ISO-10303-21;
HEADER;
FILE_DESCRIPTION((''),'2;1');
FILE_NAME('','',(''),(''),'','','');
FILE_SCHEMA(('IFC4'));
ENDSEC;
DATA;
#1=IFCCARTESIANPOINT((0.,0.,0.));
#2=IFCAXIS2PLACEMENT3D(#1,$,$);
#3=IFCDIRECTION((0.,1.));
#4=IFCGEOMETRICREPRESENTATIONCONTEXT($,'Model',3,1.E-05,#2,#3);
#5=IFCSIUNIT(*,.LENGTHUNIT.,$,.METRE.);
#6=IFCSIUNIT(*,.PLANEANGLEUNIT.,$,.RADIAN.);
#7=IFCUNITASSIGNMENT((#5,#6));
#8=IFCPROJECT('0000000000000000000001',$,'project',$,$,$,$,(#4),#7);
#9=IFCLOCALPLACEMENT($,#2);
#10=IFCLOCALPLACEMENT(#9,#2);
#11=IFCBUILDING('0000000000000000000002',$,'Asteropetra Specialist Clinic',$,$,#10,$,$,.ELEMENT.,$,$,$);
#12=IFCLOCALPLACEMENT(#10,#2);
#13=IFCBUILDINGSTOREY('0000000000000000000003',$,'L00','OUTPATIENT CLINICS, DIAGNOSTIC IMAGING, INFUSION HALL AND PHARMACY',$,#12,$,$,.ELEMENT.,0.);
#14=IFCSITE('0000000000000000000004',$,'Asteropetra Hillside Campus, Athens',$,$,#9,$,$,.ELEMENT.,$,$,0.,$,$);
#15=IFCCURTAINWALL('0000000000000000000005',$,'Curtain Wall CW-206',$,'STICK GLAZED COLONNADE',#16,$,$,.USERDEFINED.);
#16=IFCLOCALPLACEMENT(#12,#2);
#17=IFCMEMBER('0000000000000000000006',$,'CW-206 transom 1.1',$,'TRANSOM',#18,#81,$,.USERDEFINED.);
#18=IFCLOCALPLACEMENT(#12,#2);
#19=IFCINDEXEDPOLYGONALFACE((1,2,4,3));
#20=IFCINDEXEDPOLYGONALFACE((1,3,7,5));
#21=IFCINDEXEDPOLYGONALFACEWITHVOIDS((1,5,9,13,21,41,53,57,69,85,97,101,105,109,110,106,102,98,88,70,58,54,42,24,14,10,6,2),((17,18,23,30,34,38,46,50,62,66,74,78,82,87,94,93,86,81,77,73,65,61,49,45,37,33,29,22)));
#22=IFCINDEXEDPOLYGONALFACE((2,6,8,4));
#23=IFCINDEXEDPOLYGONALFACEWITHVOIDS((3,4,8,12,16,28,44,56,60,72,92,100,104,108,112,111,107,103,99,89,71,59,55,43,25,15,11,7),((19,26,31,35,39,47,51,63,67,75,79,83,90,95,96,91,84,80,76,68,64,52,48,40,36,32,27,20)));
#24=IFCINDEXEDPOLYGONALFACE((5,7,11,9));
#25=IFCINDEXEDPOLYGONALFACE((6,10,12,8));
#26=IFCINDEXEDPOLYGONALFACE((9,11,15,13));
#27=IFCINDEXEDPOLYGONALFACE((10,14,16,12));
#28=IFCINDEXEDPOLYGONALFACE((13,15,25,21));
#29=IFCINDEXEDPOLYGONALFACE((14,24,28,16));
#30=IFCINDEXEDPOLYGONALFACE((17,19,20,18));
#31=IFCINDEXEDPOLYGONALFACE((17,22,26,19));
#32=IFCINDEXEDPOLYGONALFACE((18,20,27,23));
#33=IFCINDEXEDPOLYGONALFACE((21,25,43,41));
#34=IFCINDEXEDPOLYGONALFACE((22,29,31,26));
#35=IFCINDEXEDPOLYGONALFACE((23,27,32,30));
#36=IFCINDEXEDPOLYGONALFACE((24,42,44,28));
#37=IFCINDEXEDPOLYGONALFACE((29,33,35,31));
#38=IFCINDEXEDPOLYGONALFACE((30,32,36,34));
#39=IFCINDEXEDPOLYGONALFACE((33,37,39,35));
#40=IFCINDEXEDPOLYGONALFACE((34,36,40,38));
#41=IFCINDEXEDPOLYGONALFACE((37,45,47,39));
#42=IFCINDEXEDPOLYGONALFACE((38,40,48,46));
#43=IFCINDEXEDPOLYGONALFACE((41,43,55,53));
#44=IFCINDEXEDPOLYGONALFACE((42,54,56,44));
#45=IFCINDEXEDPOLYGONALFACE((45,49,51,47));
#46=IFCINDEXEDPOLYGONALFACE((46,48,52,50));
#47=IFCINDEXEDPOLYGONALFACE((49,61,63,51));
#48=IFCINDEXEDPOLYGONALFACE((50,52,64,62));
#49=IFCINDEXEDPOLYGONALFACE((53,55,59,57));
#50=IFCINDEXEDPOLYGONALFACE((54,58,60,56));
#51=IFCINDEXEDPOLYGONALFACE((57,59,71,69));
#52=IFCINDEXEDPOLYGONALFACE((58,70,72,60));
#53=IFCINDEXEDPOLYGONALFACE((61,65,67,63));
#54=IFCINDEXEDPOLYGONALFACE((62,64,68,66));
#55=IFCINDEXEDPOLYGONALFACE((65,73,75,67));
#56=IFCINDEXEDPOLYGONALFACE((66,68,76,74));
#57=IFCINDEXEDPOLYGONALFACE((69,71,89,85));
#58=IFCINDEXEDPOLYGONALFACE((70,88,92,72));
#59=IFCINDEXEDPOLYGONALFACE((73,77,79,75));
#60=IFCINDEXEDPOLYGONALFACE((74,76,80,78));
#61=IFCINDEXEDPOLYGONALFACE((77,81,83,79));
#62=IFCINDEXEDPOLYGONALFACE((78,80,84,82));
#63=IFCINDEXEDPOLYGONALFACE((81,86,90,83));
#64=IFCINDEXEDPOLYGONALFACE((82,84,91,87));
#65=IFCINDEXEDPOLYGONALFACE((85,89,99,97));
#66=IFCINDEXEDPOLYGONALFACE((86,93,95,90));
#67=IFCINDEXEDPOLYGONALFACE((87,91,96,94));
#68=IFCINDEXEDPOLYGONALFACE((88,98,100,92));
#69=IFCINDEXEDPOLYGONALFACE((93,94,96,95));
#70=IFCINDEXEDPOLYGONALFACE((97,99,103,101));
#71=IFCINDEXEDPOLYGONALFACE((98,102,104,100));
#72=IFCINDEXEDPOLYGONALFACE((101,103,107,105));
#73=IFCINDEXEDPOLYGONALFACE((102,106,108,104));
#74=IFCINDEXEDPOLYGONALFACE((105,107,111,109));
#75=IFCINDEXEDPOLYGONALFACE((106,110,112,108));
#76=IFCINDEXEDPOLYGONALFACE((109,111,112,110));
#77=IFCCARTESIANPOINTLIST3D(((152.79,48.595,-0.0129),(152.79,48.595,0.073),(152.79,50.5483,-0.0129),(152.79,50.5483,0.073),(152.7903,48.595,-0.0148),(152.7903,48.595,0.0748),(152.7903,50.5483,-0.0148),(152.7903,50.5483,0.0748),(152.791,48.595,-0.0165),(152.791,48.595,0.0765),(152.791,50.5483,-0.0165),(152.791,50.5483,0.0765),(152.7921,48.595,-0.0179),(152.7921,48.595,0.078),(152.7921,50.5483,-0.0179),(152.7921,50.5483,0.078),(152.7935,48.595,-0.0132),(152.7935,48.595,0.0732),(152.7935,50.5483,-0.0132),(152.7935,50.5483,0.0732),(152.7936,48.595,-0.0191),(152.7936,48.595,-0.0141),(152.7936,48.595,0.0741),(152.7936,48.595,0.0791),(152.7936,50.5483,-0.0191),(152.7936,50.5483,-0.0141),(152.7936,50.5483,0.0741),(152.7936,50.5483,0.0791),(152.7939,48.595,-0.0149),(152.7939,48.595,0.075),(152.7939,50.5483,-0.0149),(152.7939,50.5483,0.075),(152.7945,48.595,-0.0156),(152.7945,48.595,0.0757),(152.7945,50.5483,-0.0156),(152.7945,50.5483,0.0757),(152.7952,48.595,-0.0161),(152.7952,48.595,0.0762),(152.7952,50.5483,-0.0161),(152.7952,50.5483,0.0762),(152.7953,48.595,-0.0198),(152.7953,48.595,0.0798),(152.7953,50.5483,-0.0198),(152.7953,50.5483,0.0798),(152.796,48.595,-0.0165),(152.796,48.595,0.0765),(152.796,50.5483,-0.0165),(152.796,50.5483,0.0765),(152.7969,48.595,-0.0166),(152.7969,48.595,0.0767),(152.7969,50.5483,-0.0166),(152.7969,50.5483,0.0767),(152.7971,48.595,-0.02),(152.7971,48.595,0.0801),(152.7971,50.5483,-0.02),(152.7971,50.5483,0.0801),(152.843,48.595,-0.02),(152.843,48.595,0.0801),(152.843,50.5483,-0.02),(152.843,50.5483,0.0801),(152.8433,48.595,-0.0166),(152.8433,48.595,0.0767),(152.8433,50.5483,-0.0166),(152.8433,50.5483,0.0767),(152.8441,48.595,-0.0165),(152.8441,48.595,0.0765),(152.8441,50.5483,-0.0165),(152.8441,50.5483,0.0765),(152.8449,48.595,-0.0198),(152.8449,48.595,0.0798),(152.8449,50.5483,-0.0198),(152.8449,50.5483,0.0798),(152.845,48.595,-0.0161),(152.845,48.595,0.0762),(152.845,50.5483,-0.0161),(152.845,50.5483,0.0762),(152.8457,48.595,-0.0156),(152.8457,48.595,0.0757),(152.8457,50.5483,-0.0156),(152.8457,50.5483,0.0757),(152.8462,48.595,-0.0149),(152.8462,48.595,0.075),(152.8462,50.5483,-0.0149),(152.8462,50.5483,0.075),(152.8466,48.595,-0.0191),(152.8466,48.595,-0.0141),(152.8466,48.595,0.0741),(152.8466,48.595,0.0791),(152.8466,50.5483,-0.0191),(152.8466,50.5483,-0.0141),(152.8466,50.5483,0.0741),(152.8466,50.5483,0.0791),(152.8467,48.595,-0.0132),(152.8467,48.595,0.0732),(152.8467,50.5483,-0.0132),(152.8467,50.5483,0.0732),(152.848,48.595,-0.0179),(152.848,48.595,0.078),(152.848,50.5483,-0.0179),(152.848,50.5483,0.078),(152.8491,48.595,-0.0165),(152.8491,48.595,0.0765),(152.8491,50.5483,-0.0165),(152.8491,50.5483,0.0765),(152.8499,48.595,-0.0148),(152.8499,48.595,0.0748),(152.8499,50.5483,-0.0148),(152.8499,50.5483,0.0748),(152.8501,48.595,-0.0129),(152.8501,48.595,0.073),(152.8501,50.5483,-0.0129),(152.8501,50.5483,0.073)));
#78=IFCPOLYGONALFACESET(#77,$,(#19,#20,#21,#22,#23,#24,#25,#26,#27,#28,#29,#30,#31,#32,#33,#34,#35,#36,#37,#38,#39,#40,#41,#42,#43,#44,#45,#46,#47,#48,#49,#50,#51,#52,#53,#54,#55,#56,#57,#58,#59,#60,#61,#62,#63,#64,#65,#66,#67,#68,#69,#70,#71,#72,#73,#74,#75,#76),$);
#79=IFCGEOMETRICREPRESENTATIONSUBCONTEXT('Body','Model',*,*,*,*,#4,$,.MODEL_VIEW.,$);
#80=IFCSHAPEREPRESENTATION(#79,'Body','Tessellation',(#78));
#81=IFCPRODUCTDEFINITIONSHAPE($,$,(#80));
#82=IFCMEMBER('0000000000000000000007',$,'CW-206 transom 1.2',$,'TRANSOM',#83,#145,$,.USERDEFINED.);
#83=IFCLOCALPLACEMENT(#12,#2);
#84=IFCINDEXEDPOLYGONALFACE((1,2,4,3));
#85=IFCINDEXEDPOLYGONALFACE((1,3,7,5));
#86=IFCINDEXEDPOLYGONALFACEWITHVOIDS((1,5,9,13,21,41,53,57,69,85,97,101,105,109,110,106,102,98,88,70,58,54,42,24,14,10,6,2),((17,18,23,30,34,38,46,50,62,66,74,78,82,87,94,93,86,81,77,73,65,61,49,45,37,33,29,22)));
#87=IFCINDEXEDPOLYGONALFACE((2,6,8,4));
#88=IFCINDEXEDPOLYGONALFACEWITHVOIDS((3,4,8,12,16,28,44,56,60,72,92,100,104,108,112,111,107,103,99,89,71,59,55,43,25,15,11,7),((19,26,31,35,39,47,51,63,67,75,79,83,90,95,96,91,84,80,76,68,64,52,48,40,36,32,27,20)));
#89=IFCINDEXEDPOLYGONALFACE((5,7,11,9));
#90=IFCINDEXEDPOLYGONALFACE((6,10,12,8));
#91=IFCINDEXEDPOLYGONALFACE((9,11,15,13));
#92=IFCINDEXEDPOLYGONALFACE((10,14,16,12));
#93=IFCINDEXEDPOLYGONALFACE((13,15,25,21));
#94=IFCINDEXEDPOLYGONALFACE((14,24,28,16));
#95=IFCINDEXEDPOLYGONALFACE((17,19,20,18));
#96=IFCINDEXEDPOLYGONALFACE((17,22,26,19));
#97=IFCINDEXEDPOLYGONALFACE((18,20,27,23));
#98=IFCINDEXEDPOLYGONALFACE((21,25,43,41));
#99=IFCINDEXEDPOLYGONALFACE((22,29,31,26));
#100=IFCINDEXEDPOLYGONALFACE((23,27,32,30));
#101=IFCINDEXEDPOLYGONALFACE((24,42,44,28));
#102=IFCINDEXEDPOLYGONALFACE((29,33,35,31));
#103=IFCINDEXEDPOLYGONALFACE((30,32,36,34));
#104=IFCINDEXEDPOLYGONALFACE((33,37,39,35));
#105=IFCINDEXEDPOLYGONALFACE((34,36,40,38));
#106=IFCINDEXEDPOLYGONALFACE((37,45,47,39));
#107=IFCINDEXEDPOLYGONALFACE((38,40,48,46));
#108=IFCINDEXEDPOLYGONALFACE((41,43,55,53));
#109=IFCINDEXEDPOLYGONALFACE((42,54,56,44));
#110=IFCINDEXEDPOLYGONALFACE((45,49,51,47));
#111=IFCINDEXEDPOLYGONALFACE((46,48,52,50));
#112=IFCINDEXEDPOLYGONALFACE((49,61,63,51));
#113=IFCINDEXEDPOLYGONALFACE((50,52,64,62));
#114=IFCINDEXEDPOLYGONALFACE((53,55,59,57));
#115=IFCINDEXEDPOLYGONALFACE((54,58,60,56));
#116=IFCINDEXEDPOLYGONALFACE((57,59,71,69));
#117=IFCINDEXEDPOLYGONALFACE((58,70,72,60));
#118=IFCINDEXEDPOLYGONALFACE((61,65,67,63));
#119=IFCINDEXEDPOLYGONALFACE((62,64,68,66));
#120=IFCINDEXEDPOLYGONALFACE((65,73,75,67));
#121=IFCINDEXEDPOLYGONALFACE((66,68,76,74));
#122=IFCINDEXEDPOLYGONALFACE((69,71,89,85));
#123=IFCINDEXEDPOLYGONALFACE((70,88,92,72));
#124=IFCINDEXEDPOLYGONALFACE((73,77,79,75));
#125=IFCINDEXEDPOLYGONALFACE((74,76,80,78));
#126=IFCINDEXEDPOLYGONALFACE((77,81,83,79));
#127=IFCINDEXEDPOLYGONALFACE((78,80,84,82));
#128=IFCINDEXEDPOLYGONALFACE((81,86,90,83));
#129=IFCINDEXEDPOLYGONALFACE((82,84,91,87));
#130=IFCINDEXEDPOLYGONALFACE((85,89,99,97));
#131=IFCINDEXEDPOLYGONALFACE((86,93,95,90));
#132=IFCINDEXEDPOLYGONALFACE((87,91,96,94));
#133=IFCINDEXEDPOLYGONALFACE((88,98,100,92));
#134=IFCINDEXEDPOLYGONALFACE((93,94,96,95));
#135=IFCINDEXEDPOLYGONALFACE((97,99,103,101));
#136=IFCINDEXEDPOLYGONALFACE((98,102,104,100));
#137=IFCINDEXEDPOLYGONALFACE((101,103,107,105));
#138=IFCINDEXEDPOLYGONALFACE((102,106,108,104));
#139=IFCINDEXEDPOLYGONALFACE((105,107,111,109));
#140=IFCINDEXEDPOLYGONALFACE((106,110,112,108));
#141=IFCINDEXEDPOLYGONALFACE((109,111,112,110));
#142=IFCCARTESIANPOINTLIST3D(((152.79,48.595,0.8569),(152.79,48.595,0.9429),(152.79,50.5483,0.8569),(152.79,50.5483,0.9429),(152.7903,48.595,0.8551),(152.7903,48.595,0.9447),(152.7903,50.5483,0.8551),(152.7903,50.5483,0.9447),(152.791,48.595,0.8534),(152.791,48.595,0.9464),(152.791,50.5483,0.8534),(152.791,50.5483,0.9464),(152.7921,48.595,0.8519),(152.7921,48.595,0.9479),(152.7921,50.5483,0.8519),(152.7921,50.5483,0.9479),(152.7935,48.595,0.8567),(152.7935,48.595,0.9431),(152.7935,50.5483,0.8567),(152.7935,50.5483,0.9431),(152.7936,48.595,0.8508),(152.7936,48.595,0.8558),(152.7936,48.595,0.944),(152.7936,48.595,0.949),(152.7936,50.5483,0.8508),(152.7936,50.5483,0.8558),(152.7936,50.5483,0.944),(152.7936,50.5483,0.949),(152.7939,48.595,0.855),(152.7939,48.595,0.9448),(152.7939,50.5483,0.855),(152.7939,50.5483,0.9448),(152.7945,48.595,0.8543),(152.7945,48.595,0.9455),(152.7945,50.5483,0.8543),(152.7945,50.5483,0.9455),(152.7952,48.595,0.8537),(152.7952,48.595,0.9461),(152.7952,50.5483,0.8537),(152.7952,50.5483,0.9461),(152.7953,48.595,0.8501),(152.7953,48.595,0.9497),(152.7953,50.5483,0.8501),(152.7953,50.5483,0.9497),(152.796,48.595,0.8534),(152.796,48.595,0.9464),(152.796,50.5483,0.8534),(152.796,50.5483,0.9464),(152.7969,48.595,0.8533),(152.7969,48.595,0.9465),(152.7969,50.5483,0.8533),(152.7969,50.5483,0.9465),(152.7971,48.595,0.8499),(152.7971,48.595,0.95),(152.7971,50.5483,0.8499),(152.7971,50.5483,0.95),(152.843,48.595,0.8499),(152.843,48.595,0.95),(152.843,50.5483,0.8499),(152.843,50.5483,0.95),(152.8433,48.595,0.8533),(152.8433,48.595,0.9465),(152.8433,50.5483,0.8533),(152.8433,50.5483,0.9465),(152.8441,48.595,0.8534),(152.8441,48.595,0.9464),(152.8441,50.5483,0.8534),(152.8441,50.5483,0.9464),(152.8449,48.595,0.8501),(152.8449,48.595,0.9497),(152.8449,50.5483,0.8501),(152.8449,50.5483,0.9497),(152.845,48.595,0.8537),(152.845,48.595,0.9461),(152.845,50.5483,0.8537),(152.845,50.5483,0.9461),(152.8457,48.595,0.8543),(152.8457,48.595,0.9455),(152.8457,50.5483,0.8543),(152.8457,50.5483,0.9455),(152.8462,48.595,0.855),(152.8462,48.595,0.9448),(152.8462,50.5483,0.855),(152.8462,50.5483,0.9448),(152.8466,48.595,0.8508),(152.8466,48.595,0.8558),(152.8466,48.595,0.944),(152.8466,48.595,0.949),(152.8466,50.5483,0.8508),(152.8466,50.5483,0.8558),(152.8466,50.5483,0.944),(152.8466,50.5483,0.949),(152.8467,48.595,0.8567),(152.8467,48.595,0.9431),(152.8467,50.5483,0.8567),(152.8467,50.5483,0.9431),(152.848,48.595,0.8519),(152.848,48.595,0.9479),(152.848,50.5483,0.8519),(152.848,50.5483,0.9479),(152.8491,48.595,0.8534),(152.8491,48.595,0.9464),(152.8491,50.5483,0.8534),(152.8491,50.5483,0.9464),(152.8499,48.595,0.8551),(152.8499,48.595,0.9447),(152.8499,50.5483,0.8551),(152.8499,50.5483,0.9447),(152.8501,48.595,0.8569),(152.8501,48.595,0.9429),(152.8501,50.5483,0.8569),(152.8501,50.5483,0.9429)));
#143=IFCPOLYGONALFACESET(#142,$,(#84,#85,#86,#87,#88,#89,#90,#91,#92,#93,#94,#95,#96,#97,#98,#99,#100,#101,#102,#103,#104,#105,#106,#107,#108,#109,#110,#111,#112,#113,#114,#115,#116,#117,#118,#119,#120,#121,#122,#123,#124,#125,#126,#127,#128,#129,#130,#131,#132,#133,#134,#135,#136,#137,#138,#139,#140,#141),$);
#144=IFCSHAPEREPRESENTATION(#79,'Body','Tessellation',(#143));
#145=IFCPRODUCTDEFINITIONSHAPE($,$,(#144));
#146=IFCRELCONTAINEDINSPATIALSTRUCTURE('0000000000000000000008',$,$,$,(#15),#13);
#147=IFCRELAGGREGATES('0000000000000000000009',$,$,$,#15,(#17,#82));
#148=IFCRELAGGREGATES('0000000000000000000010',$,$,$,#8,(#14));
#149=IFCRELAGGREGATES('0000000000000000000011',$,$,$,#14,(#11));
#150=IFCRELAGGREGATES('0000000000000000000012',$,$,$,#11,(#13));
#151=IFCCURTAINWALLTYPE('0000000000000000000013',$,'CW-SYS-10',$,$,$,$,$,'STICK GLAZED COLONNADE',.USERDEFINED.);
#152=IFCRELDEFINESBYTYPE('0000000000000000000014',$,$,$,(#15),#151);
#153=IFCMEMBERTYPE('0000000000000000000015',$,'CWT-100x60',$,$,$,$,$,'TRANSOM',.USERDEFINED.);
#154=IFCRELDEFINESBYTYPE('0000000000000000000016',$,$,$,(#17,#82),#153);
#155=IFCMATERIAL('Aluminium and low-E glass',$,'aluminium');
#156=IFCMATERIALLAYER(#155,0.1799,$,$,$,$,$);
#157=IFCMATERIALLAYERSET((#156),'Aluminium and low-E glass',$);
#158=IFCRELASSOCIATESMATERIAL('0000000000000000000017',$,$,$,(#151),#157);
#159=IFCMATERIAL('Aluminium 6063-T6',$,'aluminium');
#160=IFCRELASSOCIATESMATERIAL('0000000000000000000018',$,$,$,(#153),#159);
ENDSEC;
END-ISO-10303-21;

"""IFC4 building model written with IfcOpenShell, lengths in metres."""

from ifc_helpers import new_model, si_unit, direction, frame, origin, origin_2d, place, context, subcontext, project, spatial, hollow_rectangle, extrude, material, layer, layer_set, material_profile, profile_set, type_object, element, aggregate, save


model = new_model("IFC4")

# Units and contexts
model_context = context("Model", 3, precision=1e-05, world=origin(), true_north=direction((0.0, 1.0)))
body_context = subcontext(model_context, "Body", "Model", "MODEL_VIEW")
ifc_project = project(units=[si_unit("LENGTHUNIT", "METRE"), si_unit("PLANEANGLEUNIT", "RADIAN")], contexts=[model_context])

# Site, building, storey
site_placement = place(None, origin())
site = spatial("IfcSite", under=ifc_project, at=site_placement, Name="Asteropetra Hillside Campus, Athens", CompositionType="ELEMENT", RefElevation=0.0)
building_placement = place(site_placement, origin())
building = spatial("IfcBuilding", under=site, at=building_placement, Name="Asteropetra Specialist Clinic", CompositionType="ELEMENT")
storey_placement = place(building_placement, origin())
storey = spatial("IfcBuildingStorey", under=building, at=storey_placement, Name="L00", Description="OUTPATIENT CLINICS, DIAGNOSTIC IMAGING, INFUSION HALL AND PHARMACY", CompositionType="ELEMENT", Elevation=0.0)

# Curtain wall
ifc_material_1 = material(Name="Aluminium and low-E glass", Category="aluminium")
ifc_layer_1 = layer(ifc_material_1, 0.1799)
ifc_layer_set_1 = layer_set([ifc_layer_1], Name="Aluminium and low-E glass")
curtain_wall_type = type_object("IfcCurtainWallType", Name="CW-SYS-10", ElementType="STICK GLAZED COLONNADE", PredefinedType="USERDEFINED", material=ifc_layer_set_1)
curtain_wall_1_placement = place(storey_placement, origin())
curtain_wall_1 = element("IfcCurtainWall", 1, at=curtain_wall_1_placement, inside=storey, type_object=curtain_wall_type, Name="Curtain Wall CW-206", ObjectType="STICK GLAZED COLONNADE", PredefinedType="USERDEFINED")

# Members
ifc_material_2 = material(Name="Aluminium 6063-T6", Category="aluminium")
ifc_material_profile_1 = material_profile(ifc_material_2, hollow_rectangle(XDim=0.0601, YDim=0.1001, WallThickness=0.0034, InnerFilletRadius=0.0034, OuterFilletRadius=0.0071, at=origin_2d()), Name="TRN 100x60x3.5")
ifc_profile_set_1 = profile_set([ifc_material_profile_1], Name="Aluminium 6063-T6")
member_type_1 = type_object("IfcMemberType", Name="CWT-100x60", ElementType="TRANSOM", PredefinedType="USERDEFINED", material=ifc_profile_set_1)
member_1_placement = place(storey_placement, frame((152.8201, 48.595, 0.03), z_axis=(0.0, 1.0, 0.0), x_axis=(-1.0, 0.0, 0.0)))
member_1 = element("IfcMember", 2, at=member_1_placement, type_object=member_type_1, Name="CW-206 transom 1.1", ObjectType="TRANSOM", PredefinedType="USERDEFINED", context=body_context, shape_type="SweptSolid", body=[
    extrude(hollow_rectangle(XDim=0.0601, YDim=0.1001, WallThickness=0.0034, InnerFilletRadius=0.0034, OuterFilletRadius=0.0071, at=origin_2d()), origin(), (0.0, 0.0, 1.0), 1.9534),
])
member_2_placement = place(storey_placement, frame((152.8201, 48.595, 0.8999), z_axis=(0.0, 1.0, 0.0), x_axis=(-1.0, 0.0, 0.0)))
member_2 = element("IfcMember", 3, at=member_2_placement, type_object=member_type_1, Name="CW-206 transom 1.2", ObjectType="TRANSOM", PredefinedType="USERDEFINED", context=body_context, shape_type="SweptSolid", body=[
    extrude(hollow_rectangle(XDim=0.0601, YDim=0.1001, WallThickness=0.0034, InnerFilletRadius=0.0034, OuterFilletRadius=0.0071, at=origin_2d()), origin(), (0.0, 0.0, 1.0), 1.9534),
])

aggregate(curtain_wall_1, [member_1, member_2])

save(model, "model.ifc")
